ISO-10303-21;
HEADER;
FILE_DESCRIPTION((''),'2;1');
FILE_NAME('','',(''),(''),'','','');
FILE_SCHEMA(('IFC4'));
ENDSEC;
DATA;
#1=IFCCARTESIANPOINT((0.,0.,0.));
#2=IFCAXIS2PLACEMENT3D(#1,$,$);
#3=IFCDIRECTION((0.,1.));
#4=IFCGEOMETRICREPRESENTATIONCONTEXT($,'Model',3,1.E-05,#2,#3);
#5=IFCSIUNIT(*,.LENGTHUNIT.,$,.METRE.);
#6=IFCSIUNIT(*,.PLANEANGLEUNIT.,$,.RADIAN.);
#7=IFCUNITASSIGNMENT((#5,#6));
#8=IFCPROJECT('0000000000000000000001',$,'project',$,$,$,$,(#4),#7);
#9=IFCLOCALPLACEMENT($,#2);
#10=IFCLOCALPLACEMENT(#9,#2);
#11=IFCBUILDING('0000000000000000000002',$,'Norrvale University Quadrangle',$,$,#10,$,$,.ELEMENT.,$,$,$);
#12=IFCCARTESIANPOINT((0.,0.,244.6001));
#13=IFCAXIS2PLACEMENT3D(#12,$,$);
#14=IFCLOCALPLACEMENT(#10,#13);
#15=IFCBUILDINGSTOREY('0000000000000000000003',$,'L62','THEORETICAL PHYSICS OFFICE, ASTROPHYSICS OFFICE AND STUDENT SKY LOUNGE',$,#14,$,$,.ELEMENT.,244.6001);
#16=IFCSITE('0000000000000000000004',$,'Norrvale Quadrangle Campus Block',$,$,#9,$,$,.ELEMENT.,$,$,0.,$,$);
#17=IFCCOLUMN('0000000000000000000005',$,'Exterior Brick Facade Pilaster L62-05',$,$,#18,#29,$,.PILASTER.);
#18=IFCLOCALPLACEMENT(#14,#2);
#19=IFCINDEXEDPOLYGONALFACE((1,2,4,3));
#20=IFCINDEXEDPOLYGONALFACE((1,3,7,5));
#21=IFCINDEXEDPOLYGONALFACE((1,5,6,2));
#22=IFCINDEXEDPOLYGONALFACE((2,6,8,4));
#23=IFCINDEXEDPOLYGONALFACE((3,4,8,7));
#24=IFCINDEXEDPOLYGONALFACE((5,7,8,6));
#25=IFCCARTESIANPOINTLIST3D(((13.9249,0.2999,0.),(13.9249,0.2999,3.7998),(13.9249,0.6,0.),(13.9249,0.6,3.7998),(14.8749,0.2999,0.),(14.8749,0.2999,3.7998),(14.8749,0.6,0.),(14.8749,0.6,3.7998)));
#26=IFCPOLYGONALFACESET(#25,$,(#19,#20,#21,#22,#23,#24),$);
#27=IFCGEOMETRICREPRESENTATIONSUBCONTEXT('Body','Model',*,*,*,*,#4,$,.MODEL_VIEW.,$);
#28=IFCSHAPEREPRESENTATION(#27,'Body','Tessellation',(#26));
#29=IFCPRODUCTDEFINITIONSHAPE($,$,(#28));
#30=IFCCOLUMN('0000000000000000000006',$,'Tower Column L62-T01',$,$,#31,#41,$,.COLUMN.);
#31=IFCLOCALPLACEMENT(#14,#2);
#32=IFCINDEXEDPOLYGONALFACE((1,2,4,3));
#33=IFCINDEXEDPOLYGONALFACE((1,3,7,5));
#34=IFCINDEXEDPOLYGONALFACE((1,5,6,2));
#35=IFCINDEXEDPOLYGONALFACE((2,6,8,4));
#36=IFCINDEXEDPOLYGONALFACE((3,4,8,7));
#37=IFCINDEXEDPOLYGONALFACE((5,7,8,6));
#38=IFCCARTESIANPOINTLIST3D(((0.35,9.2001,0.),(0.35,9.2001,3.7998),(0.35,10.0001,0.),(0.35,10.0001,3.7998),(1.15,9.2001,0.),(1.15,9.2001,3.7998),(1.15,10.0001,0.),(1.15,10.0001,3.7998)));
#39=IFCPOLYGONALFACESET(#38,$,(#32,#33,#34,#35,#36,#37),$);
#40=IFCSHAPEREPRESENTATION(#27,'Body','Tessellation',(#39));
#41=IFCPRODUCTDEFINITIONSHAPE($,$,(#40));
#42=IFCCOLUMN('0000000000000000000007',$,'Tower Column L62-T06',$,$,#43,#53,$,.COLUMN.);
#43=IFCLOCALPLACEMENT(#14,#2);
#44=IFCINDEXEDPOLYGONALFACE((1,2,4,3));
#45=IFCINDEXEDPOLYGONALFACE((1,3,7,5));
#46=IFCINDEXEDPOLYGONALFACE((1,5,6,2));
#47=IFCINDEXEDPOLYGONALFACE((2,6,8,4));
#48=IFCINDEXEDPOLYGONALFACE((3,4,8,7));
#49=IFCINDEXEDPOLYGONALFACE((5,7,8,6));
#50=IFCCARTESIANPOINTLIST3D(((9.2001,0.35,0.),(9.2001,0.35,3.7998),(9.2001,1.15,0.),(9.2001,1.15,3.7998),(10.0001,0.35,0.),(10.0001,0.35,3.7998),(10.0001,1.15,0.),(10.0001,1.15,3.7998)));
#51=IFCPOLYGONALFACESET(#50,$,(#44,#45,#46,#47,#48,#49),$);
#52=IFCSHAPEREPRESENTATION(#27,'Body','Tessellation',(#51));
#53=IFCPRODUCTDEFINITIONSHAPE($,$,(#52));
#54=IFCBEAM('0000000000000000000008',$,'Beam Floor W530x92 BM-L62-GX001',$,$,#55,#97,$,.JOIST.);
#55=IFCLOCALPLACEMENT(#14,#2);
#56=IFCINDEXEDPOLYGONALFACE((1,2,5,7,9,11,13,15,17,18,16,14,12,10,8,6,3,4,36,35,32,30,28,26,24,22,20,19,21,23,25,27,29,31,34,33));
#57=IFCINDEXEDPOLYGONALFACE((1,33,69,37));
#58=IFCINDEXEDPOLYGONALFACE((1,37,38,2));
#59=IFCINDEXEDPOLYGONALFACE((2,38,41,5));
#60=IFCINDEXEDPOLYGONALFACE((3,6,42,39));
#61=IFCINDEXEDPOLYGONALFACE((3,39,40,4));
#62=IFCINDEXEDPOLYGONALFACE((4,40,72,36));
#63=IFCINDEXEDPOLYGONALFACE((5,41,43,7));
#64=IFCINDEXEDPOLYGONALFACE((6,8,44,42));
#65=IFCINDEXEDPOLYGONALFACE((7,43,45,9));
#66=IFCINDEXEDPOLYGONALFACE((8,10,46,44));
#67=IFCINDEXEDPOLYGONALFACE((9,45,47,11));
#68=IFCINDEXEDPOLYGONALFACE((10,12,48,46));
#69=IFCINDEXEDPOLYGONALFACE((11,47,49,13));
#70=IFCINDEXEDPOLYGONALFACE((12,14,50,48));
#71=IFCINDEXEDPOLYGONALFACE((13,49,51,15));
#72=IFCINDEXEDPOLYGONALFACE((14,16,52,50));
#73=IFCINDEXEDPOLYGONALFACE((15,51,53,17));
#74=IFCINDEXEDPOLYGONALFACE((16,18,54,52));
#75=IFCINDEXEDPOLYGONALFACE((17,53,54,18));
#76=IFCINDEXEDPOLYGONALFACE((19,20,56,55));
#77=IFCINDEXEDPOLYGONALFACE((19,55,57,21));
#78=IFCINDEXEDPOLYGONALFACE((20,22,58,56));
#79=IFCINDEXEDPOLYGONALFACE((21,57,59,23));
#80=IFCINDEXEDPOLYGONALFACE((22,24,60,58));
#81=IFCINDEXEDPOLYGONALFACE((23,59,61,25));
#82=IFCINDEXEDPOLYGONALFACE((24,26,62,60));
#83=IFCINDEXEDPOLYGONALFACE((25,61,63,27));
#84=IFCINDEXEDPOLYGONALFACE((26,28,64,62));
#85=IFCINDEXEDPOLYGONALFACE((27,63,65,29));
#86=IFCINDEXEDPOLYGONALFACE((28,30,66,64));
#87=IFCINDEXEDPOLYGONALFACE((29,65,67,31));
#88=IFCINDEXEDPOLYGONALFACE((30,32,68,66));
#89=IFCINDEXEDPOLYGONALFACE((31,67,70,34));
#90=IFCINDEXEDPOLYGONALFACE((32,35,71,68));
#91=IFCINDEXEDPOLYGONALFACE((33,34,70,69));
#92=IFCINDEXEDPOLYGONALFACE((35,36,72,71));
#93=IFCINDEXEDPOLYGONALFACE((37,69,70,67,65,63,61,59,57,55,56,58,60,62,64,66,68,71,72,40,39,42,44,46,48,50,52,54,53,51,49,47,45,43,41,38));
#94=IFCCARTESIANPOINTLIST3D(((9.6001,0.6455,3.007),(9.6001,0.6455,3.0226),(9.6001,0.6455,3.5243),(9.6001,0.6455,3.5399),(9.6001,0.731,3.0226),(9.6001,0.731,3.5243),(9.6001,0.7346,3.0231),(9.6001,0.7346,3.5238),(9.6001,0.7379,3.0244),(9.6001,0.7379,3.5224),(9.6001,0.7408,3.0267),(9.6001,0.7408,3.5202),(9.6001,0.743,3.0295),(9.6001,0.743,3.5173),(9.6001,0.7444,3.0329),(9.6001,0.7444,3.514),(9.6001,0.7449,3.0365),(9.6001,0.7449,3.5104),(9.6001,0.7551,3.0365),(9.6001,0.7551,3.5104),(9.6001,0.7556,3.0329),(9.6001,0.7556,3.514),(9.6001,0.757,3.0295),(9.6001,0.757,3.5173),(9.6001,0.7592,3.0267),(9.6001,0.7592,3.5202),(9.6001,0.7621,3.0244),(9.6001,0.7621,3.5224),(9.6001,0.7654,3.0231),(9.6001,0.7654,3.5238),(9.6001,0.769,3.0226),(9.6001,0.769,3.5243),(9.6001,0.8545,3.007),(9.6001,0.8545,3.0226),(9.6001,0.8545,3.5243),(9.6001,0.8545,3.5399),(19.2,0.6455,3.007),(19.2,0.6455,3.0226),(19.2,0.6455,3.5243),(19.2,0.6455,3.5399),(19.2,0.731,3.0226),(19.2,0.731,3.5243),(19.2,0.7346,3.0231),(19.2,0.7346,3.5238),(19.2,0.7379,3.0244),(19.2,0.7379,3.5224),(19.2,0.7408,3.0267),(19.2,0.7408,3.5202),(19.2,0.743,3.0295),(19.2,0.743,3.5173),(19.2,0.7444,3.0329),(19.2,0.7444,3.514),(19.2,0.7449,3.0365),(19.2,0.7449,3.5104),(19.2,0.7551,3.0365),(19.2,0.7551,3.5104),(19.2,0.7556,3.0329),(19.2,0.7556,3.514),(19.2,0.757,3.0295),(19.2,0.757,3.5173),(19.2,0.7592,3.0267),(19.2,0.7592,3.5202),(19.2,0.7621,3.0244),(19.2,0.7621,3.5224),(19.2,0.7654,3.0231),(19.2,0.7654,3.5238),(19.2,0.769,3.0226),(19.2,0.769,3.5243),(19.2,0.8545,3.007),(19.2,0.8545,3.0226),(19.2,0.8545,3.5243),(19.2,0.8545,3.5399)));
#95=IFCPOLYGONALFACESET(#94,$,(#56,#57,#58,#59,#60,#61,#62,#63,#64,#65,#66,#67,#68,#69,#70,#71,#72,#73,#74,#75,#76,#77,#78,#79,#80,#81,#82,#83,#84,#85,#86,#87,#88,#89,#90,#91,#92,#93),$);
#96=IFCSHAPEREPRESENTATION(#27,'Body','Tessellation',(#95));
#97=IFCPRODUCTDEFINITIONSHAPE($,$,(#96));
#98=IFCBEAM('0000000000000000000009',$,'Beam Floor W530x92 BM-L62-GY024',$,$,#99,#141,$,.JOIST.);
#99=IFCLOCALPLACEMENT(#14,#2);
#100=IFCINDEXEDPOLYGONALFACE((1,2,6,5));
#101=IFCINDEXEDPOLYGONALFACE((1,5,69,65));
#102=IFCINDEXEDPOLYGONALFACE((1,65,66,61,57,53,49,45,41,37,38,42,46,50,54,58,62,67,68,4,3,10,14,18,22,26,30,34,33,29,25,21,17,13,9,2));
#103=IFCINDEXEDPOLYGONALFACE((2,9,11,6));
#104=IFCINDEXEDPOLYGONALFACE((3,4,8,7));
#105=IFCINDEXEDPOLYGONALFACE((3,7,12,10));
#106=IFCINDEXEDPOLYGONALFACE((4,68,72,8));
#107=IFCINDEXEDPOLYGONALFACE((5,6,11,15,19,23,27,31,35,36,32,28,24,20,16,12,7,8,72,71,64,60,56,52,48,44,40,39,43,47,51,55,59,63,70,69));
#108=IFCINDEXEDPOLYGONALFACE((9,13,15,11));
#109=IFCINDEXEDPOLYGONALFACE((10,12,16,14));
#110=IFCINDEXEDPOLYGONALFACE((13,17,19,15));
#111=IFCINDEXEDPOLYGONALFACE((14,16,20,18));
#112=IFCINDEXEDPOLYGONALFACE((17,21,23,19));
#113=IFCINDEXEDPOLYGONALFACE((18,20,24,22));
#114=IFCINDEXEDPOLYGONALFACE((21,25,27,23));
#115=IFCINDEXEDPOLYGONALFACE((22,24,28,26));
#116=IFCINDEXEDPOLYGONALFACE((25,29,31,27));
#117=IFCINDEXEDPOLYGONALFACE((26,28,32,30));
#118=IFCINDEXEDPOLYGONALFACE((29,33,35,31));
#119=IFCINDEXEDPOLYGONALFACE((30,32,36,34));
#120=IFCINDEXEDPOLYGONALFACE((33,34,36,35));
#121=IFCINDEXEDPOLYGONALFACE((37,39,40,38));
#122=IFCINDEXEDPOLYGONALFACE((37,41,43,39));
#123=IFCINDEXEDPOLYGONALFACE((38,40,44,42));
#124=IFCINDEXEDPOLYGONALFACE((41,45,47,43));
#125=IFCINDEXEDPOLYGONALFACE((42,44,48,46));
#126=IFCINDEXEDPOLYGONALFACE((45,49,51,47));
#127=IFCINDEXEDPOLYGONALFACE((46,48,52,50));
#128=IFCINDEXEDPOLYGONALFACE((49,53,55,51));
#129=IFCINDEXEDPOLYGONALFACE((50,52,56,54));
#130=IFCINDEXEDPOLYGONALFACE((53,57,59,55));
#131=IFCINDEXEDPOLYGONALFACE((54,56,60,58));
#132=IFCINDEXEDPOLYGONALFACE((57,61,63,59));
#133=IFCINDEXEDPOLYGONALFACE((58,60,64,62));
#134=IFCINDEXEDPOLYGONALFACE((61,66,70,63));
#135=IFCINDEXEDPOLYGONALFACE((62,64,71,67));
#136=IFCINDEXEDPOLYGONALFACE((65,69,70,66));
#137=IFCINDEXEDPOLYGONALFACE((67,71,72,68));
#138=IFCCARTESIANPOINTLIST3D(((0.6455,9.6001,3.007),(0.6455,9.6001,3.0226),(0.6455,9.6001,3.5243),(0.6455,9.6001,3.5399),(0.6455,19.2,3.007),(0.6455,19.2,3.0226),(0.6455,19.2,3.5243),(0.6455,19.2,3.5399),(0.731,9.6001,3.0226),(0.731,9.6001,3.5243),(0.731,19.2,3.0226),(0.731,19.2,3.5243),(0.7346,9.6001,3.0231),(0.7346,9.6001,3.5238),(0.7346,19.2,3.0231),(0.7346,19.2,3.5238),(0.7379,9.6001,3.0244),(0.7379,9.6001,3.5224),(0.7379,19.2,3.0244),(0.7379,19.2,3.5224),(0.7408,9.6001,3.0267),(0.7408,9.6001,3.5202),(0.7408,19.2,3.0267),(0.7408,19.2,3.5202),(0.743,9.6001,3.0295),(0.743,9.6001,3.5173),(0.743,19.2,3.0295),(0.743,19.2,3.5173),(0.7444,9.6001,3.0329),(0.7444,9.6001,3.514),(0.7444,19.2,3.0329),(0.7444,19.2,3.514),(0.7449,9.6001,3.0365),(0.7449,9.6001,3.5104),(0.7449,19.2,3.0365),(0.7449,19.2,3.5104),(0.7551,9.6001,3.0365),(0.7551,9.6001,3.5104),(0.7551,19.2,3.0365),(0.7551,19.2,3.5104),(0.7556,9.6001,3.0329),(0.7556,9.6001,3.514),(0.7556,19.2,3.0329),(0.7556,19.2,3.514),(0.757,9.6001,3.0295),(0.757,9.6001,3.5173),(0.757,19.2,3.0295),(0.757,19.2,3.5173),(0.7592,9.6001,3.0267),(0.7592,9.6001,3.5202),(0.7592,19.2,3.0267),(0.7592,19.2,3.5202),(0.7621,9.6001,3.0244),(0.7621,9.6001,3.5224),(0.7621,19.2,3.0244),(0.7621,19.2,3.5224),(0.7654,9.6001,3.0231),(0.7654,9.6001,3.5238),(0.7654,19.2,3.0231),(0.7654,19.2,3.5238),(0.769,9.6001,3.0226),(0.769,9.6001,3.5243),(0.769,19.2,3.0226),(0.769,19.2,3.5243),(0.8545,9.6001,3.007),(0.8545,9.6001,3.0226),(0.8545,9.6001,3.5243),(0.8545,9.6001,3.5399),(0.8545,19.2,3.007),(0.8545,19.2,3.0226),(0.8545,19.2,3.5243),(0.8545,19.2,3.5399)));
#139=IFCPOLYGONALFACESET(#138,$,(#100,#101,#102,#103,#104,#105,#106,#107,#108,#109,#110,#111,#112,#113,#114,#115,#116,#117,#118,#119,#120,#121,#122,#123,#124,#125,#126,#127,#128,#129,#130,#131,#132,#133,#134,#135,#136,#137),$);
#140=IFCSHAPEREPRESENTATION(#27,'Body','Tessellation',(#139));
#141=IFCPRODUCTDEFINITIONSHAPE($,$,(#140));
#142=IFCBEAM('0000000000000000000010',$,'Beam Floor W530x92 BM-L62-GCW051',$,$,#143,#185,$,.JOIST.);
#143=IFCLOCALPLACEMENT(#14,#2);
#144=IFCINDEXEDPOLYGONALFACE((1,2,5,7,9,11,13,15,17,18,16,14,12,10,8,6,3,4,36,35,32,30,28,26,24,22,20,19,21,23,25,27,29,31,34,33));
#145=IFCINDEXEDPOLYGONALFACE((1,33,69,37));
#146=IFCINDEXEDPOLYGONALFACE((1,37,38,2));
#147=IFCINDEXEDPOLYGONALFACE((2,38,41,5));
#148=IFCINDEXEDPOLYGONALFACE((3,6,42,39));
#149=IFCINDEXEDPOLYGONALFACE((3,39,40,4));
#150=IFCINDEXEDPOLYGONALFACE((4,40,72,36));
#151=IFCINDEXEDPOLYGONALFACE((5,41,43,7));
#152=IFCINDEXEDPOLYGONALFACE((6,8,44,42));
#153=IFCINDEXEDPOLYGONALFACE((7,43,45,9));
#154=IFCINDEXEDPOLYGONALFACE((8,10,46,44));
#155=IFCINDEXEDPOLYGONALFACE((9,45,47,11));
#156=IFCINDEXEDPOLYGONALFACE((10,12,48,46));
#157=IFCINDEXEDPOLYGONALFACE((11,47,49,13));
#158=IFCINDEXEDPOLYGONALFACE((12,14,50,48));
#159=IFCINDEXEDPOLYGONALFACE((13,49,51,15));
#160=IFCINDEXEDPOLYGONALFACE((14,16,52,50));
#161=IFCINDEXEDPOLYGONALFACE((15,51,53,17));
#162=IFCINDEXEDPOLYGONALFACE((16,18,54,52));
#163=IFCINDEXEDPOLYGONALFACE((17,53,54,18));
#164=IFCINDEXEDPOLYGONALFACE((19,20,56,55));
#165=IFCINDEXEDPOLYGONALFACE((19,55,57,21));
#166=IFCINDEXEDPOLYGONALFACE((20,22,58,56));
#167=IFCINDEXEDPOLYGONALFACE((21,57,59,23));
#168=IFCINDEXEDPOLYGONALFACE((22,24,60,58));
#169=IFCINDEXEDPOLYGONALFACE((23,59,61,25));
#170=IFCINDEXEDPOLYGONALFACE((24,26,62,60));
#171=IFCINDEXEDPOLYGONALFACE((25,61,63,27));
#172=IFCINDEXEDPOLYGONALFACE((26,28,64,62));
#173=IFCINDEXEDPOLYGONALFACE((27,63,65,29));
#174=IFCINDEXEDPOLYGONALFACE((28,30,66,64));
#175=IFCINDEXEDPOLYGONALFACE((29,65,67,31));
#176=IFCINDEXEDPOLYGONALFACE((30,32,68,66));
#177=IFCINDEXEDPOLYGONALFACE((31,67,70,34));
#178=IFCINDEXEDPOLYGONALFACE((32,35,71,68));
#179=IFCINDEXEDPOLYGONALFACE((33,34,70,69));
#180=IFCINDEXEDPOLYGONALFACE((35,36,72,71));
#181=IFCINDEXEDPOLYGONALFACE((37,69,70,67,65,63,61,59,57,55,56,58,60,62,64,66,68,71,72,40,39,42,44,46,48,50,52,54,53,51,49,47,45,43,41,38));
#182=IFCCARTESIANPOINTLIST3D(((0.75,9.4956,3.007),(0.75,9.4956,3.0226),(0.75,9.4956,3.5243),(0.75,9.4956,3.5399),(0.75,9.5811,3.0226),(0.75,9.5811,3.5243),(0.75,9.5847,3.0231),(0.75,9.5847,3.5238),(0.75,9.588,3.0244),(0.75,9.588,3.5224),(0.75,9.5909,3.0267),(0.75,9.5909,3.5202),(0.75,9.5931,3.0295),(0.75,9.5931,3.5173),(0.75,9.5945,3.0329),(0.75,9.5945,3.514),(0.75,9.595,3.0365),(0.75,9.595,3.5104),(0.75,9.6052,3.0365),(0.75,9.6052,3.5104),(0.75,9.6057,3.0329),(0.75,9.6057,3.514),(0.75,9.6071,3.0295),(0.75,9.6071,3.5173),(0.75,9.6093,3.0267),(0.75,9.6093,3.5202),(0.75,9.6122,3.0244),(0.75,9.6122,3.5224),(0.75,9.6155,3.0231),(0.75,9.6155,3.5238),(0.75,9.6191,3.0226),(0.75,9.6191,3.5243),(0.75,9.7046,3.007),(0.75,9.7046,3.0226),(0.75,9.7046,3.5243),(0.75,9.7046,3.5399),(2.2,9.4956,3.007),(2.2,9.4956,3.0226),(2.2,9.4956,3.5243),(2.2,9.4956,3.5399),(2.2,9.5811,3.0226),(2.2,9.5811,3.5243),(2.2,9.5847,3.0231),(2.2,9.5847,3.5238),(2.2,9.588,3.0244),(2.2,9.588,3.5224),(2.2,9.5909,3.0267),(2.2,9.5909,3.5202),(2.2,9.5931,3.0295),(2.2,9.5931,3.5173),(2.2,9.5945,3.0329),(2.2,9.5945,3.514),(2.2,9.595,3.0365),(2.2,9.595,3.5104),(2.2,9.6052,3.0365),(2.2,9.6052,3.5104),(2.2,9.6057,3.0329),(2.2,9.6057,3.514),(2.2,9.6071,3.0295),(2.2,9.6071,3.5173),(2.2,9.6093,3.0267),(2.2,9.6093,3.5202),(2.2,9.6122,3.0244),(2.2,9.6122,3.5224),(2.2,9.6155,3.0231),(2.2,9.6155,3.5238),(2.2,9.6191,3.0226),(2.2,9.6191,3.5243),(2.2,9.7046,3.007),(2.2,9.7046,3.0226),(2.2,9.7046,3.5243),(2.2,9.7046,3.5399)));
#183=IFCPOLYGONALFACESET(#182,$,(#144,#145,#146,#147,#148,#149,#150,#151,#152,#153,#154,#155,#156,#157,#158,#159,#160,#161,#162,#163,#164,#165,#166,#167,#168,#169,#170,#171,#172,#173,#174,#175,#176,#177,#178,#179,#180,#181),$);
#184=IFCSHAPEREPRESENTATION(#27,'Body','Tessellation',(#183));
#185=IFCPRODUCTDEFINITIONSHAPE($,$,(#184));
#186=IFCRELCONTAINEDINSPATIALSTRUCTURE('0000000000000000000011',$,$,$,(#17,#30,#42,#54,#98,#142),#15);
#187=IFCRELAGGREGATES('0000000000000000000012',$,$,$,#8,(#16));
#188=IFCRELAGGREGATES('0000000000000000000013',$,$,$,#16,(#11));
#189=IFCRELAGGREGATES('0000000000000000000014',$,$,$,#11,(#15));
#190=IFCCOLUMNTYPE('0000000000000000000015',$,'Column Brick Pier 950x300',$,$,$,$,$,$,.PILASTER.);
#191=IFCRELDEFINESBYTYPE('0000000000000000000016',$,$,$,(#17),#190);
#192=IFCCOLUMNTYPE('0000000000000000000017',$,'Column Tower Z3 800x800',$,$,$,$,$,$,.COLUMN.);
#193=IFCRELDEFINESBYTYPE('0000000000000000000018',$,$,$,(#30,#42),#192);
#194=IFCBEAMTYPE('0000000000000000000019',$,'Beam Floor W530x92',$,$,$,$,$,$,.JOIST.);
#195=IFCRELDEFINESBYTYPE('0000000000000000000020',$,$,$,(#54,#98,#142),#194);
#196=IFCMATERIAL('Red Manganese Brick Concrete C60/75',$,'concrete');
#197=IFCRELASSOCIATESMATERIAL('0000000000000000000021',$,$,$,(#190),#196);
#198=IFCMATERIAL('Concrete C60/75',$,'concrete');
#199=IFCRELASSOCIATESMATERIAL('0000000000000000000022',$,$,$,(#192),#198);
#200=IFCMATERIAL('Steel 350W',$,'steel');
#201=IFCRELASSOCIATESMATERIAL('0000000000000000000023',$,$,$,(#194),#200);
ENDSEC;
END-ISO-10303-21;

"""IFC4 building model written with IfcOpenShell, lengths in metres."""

from ifc_helpers import new_model, si_unit, direction, frame, origin, origin_2d, place, context, subcontext, project, spatial, rectangle, i_section, extrude, material, material_profile, profile_set, type_object, element, save


model = new_model("IFC4")

# Units and contexts
model_context = context("Model", 3, precision=1e-05, world=origin(), true_north=direction((0.0, 1.0)))
body_context = subcontext(model_context, "Body", "Model", "MODEL_VIEW")
ifc_project = project(units=[si_unit("LENGTHUNIT", "METRE"), si_unit("PLANEANGLEUNIT", "RADIAN")], contexts=[model_context])

# Site, building, storey
site_placement = place(None, origin())
site = spatial("IfcSite", under=ifc_project, at=site_placement, Name="Norrvale Quadrangle Campus Block", CompositionType="ELEMENT", RefElevation=0.0)
building_placement = place(site_placement, origin())
building = spatial("IfcBuilding", under=site, at=building_placement, Name="Norrvale University Quadrangle", CompositionType="ELEMENT")
storey_placement = place(building_placement, frame((0.0, 0.0, 244.6001)))
storey = spatial("IfcBuildingStorey", under=building, at=storey_placement, Name="L62", Description="THEORETICAL PHYSICS OFFICE, ASTROPHYSICS OFFICE AND STUDENT SKY LOUNGE", CompositionType="ELEMENT", Elevation=244.6001)

# Columns
ifc_material_1 = material(Name="Red Manganese Brick Concrete C60/75", Category="concrete")
ifc_material_profile_1 = material_profile(ifc_material_1, rectangle(XDim=0.95, YDim=0.3, at=origin_2d()), Name="Red Manganese Brick Concrete C60/75")
ifc_profile_set_1 = profile_set([ifc_material_profile_1], Name="Red Manganese Brick Concrete C60/75")
column_type_1 = type_object("IfcColumnType", Name="Column Brick Pier 950x300", PredefinedType="PILASTER", material=ifc_profile_set_1)
column_placement = place(storey_placement, frame((14.3999, 0.45, 0.0), z_axis=(0.0, 0.0, 1.0), x_axis=(1.0, 0.0, 0.0)))
element("IfcColumn", 1, at=column_placement, inside=storey, type_object=column_type_1, Name="Exterior Brick Facade Pilaster L62-05", PredefinedType="PILASTER", context=body_context, shape_type="SweptSolid", body=[
    extrude(rectangle(XDim=0.95, YDim=0.3, at=origin_2d()), origin(), (0.0, 0.0, 1.0), 3.7998),
])
ifc_material_2 = material(Name="Concrete C60/75", Category="concrete")
ifc_material_profile_2 = material_profile(ifc_material_2, rectangle(XDim=0.8, YDim=0.8, at=origin_2d()), Name="Concrete C60/75")
ifc_profile_set_2 = profile_set([ifc_material_profile_2], Name="Concrete C60/75")
column_type_2 = type_object("IfcColumnType", Name="Column Tower Z3 800x800", PredefinedType="COLUMN", material=ifc_profile_set_2)
for number, where, z_axis, x_axis, name in (
    (2, (0.75, 9.6001, 0.0), (0.0, 0.0, 1.0), (1.0, 0.0, 0.0), "Tower Column L62-T01"),
    (3, (9.6001, 0.75, 0.0), (0.0, 0.0, 1.0), (1.0, 0.0, 0.0), "Tower Column L62-T06"),
):
    element("IfcColumn", number, at=place(storey_placement, frame(where, z_axis=z_axis, x_axis=x_axis)), inside=storey, type_object=column_type_2, Name=name, PredefinedType="COLUMN", context=body_context, shape_type="SweptSolid", body=[
        extrude(rectangle(XDim=0.8, YDim=0.8, at=origin_2d()), origin(), (0.0, 0.0, 1.0), 3.7998),
    ])

# Beams
ifc_material_3 = material(Name="Steel 350W", Category="steel")
ifc_material_profile_3 = material_profile(ifc_material_3, i_section(OverallWidth=0.209, OverallDepth=0.533, WebThickness=0.0103, FlangeThickness=0.0156, FilletRadius=0.0139, at=origin_2d()), Name="Steel 350W")
ifc_profile_set_3 = profile_set([ifc_material_profile_3], Name="Steel 350W")
beam_type_1 = type_object("IfcBeamType", Name="Beam Floor W530x92", PredefinedType="JOIST", material=ifc_profile_set_3)
for number, where, z_axis, x_axis, name in (
    (4, (9.6001, 0.75, 3.2734), (1.0, 0.0, 0.0), (0.0, 1.0, 0.0), "Beam Floor W530x92 BM-L62-GX001"),
    (5, (0.75, 9.6001, 3.2734), (0.0, 1.0, 0.0), (-1.0, 0.0, 0.0), "Beam Floor W530x92 BM-L62-GY024"),
):
    element("IfcBeam", number, at=place(storey_placement, frame(where, z_axis=z_axis, x_axis=x_axis)), inside=storey, type_object=beam_type_1, Name=name, PredefinedType="JOIST", context=body_context, shape_type="SweptSolid", body=[
        extrude(i_section(OverallWidth=0.209, OverallDepth=0.533, WebThickness=0.0103, FlangeThickness=0.0156, FilletRadius=0.0139, at=origin_2d()), origin(), (0.0, 0.0, 1.0), 9.5999),
    ])
beam_1_placement = place(storey_placement, frame((0.75, 9.6001, 3.2734), z_axis=(1.0, 0.0, 0.0), x_axis=(0.0, 1.0, 0.0)))
element("IfcBeam", 6, at=beam_1_placement, inside=storey, type_object=beam_type_1, Name="Beam Floor W530x92 BM-L62-GCW051", PredefinedType="JOIST", context=body_context, shape_type="SweptSolid", body=[
    extrude(i_section(OverallWidth=0.209, OverallDepth=0.533, WebThickness=0.0103, FlangeThickness=0.0156, FilletRadius=0.0139, at=origin_2d()), origin(), (0.0, 0.0, 1.0), 1.45),
])

save(model, "model.ifc")
